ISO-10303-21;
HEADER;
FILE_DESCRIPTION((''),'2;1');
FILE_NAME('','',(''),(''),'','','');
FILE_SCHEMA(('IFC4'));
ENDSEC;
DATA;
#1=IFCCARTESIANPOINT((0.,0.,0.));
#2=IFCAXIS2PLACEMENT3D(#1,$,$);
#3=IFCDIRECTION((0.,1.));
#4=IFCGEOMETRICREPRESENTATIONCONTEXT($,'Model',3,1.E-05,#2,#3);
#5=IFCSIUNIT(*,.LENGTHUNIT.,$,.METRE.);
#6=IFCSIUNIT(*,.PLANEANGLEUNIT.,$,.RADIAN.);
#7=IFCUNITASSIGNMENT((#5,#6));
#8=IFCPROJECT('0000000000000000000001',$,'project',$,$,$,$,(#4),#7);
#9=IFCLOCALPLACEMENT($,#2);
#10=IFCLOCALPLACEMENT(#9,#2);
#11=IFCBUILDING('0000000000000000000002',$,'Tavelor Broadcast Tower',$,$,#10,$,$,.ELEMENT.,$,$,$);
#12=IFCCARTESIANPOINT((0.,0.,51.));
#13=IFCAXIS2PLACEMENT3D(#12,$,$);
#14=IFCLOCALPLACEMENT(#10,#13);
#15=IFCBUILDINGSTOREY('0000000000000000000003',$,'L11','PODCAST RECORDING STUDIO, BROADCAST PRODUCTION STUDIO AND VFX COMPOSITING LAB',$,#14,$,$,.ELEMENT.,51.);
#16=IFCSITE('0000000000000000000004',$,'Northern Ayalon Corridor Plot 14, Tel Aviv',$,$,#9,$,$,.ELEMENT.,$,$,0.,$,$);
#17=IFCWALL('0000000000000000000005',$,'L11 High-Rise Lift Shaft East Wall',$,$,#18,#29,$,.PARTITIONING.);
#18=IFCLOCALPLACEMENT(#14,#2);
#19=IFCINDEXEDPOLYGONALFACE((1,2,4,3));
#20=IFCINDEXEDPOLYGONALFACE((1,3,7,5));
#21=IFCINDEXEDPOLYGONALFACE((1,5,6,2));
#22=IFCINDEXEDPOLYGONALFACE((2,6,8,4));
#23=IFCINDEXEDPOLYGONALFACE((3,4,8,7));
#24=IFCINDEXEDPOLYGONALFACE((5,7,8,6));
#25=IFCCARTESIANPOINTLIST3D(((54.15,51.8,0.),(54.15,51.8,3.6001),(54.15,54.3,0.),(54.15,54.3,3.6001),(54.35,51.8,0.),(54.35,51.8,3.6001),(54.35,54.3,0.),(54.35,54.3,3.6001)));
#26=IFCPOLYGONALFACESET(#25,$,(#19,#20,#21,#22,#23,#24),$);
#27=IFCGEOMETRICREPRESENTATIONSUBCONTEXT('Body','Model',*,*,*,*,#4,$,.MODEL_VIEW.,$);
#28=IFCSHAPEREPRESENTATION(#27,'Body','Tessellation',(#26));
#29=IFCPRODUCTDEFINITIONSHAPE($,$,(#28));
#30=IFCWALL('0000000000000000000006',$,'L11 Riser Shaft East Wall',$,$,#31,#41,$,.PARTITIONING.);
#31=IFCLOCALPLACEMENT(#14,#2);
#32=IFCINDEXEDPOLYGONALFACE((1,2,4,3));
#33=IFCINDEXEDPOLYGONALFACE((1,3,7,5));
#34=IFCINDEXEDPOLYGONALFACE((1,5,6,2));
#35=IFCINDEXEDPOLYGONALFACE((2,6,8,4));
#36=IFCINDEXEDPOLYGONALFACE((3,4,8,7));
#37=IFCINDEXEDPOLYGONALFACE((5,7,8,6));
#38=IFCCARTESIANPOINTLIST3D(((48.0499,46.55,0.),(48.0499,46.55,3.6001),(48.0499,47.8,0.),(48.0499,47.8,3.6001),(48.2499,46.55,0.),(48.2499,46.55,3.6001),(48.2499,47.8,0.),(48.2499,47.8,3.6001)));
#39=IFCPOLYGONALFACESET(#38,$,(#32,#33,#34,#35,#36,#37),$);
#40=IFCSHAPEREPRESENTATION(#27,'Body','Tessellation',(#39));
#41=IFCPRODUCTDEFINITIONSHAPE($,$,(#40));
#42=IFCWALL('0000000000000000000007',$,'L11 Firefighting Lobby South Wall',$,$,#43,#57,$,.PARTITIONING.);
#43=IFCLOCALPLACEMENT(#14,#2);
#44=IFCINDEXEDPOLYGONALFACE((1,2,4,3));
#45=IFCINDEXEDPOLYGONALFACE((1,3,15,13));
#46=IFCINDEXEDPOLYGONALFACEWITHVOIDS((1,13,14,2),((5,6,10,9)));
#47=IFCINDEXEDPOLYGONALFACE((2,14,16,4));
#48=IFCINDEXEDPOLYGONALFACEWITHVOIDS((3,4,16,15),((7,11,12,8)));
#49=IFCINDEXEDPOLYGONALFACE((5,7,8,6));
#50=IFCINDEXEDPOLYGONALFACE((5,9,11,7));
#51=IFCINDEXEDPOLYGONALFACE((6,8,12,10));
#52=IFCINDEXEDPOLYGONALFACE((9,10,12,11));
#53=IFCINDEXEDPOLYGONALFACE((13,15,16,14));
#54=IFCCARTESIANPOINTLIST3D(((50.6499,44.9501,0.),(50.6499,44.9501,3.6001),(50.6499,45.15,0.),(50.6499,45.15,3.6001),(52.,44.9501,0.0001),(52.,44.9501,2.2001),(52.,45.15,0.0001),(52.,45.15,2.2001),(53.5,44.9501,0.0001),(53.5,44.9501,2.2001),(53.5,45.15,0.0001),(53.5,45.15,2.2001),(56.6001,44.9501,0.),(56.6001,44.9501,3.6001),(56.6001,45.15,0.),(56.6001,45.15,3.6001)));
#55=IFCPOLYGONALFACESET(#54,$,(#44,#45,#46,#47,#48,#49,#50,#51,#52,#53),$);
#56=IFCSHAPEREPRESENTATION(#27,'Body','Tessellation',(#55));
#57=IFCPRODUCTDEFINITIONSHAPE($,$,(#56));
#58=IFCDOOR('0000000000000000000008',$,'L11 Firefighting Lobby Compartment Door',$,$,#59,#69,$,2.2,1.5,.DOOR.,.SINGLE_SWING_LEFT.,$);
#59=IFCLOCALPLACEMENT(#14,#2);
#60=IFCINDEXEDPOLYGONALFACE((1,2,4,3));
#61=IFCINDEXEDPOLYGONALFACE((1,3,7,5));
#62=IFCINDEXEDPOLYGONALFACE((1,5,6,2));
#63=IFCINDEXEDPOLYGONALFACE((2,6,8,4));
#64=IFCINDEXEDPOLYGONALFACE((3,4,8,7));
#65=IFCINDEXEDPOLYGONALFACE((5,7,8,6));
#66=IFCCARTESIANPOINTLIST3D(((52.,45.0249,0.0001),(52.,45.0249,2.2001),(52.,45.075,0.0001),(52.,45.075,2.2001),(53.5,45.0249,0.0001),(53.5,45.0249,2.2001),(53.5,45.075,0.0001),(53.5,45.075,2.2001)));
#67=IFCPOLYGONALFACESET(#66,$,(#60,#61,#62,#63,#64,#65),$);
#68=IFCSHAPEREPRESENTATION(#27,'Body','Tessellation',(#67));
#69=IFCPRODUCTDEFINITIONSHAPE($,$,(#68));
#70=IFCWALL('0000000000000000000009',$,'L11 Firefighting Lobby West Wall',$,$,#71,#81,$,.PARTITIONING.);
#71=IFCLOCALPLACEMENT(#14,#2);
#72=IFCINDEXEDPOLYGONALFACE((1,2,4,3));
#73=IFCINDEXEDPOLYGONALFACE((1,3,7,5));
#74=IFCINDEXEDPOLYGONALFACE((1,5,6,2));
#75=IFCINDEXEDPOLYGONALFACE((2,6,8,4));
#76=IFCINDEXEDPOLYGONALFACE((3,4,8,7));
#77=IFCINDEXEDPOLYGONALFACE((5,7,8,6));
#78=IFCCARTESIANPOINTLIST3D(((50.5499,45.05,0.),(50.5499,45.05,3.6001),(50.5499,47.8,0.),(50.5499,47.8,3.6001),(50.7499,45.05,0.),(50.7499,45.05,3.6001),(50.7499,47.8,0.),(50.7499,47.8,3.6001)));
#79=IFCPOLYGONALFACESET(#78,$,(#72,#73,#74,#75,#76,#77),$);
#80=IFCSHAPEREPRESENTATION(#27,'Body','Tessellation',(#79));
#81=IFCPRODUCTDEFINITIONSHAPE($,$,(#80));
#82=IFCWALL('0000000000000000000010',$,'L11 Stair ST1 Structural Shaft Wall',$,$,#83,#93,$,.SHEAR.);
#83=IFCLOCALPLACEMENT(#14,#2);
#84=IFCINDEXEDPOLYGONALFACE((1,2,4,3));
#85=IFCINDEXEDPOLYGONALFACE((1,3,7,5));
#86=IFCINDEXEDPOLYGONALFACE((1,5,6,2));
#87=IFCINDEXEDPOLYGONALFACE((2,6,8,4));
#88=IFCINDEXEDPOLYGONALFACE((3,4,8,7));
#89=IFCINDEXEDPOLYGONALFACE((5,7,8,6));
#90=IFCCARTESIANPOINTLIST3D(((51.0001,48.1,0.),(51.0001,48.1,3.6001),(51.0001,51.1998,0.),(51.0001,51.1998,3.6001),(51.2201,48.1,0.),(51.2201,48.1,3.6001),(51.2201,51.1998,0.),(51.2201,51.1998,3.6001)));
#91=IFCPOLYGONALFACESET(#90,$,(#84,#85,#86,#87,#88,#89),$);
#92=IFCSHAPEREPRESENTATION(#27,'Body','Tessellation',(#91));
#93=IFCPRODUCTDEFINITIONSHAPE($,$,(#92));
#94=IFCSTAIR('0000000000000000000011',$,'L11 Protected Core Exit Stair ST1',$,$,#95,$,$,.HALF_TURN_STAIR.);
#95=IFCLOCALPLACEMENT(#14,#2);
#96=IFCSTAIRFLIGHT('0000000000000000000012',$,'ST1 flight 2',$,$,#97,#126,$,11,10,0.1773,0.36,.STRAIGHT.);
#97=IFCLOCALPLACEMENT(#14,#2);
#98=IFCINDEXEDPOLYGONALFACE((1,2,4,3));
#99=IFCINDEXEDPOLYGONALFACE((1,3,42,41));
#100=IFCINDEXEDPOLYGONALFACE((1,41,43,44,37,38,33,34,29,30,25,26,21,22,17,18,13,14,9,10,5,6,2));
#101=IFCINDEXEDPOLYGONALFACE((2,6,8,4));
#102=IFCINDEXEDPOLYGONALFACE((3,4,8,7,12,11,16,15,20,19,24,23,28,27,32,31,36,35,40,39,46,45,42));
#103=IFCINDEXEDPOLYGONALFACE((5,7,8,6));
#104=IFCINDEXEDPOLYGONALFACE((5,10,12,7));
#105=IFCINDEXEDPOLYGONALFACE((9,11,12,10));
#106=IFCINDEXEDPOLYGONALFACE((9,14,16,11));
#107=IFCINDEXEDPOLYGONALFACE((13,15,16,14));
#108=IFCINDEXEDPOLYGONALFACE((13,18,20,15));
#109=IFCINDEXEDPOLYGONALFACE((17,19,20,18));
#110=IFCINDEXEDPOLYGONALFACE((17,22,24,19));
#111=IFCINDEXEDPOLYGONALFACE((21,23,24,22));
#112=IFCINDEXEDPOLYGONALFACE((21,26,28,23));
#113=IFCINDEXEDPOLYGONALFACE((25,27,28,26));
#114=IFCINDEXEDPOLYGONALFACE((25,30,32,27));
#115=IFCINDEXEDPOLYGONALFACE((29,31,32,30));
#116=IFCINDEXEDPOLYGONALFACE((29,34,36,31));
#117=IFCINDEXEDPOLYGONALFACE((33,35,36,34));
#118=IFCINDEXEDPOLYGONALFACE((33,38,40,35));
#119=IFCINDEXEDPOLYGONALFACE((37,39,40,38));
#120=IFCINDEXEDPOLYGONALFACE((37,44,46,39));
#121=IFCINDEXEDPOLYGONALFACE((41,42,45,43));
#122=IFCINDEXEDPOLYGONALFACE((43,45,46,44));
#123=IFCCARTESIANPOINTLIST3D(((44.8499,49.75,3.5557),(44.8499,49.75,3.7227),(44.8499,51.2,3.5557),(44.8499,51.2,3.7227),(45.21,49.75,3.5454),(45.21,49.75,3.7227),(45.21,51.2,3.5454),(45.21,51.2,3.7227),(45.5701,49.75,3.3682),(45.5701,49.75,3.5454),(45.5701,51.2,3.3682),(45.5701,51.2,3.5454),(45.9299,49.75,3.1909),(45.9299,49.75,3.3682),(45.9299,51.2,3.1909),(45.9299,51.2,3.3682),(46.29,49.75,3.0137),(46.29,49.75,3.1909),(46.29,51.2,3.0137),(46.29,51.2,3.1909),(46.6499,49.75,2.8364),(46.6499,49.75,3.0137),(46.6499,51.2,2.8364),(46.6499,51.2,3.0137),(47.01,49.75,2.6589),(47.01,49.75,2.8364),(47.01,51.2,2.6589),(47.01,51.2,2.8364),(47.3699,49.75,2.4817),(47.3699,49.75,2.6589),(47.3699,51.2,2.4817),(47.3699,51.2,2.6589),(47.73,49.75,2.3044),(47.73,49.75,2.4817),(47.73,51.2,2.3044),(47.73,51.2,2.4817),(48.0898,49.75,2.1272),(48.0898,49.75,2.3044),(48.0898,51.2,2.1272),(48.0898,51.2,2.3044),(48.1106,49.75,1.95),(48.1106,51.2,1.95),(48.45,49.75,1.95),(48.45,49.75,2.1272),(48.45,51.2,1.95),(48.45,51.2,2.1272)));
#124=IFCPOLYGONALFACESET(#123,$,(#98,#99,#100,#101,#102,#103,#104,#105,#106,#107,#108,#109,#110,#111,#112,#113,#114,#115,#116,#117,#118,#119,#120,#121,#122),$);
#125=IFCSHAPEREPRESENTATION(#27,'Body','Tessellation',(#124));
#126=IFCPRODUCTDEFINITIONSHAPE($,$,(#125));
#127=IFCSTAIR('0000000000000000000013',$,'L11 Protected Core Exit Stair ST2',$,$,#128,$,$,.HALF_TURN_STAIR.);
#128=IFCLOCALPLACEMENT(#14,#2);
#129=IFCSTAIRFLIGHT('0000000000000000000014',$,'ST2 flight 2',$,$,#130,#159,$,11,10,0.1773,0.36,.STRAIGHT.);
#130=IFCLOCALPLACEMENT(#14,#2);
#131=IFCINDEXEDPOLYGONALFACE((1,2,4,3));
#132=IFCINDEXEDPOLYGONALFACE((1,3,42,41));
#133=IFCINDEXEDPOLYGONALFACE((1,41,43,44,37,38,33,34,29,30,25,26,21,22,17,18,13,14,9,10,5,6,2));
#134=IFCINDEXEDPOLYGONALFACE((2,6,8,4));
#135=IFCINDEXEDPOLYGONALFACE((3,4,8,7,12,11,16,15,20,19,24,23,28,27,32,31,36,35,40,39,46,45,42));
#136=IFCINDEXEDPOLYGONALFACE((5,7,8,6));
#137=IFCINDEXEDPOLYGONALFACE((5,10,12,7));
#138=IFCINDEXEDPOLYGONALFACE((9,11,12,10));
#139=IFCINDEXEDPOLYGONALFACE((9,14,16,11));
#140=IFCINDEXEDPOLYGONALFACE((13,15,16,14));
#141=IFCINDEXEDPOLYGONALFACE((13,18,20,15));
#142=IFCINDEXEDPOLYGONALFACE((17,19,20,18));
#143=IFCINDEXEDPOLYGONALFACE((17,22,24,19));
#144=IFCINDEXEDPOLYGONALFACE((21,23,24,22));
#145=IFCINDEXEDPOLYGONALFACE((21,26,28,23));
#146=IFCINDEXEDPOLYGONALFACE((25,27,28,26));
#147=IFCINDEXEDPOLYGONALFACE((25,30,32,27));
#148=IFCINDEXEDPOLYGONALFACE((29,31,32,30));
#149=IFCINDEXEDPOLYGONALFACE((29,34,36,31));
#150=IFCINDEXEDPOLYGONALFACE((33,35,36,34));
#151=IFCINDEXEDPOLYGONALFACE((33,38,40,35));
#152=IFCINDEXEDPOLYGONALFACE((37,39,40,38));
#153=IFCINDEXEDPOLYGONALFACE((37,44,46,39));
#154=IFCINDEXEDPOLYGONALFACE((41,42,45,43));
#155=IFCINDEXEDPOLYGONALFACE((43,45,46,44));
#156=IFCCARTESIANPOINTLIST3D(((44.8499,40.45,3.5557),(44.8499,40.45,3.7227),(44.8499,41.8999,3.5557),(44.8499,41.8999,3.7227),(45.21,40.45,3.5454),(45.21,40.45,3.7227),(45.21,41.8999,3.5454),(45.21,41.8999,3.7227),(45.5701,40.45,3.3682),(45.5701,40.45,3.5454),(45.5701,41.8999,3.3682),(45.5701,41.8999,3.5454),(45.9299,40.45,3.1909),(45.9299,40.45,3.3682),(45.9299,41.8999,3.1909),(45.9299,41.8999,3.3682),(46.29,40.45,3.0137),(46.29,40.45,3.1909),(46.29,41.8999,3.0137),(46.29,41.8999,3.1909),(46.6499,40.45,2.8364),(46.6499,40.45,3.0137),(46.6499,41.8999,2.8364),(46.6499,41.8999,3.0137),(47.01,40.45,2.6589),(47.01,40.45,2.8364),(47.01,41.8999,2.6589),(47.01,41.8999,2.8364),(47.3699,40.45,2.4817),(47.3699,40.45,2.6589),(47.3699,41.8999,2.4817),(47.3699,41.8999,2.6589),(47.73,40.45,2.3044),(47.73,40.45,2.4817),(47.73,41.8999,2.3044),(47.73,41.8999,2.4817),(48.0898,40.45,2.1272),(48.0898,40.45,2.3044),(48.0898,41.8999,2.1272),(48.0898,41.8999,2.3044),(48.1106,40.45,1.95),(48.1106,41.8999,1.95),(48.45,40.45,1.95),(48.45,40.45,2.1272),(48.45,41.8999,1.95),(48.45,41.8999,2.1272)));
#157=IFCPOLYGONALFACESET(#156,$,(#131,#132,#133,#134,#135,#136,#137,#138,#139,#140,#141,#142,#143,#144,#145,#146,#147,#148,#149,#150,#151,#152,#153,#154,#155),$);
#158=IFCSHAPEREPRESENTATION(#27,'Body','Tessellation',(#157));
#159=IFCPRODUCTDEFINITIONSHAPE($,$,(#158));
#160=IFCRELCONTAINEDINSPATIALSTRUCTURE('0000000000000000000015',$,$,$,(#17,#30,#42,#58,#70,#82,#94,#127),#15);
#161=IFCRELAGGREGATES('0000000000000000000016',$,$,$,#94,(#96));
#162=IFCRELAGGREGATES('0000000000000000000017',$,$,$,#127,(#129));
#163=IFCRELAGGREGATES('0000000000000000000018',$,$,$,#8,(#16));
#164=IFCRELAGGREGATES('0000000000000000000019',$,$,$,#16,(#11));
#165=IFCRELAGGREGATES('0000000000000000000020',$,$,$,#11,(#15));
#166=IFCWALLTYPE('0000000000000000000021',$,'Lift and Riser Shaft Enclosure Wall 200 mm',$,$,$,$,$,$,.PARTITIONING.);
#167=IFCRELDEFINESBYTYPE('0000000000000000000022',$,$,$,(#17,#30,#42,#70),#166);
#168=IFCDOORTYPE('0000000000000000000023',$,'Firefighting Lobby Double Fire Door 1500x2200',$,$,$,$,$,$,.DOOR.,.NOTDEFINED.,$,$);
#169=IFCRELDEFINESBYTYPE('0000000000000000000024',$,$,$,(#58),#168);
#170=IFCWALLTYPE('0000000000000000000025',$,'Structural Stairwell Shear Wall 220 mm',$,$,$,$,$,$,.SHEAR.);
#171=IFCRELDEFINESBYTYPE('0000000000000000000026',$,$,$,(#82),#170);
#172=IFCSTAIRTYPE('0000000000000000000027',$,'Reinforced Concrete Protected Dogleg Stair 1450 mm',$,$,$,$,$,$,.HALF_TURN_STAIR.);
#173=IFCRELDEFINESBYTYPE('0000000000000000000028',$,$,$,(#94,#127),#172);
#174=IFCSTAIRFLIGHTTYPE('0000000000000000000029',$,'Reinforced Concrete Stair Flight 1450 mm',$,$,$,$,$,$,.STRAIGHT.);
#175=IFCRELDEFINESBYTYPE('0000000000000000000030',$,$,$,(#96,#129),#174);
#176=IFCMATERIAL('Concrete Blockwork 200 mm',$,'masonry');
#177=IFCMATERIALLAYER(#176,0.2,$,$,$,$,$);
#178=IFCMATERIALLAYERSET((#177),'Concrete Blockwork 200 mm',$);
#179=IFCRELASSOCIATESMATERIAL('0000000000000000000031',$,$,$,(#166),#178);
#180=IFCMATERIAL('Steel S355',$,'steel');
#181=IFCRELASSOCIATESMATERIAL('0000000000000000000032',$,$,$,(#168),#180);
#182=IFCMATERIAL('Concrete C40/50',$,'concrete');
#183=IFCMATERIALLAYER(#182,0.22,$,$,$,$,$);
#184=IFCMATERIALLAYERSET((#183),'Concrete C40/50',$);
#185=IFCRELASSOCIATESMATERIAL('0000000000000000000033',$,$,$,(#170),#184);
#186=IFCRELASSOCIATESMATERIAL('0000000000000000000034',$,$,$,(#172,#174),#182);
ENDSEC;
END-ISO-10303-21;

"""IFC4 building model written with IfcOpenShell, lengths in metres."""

from ifc_helpers import new_model, si_unit, direction, frame, frame_2d, origin, place, context, subcontext, project, spatial, polyline, rectangle, outline, extrude, material, layer, layer_set, type_object, element, fill, aggregate, save


model = new_model("IFC4")

# Units and contexts
model_context = context("Model", 3, precision=1e-05, world=origin(), true_north=direction((0.0, 1.0)))
body_context = subcontext(model_context, "Body", "Model", "MODEL_VIEW")
ifc_project = project(units=[si_unit("LENGTHUNIT", "METRE"), si_unit("PLANEANGLEUNIT", "RADIAN")], contexts=[model_context])

# Site, building, storey
site_placement = place(None, origin())
site = spatial("IfcSite", under=ifc_project, at=site_placement, Name="Northern Ayalon Corridor Plot 14, Tel Aviv", CompositionType="ELEMENT", RefElevation=0.0)
building_placement = place(site_placement, origin())
building = spatial("IfcBuilding", under=site, at=building_placement, Name="Tavelor Broadcast Tower", CompositionType="ELEMENT")
storey_placement = place(building_placement, frame((0.0, 0.0, 51.0)))
storey = spatial("IfcBuildingStorey", under=building, at=storey_placement, Name="L11", Description="PODCAST RECORDING STUDIO, BROADCAST PRODUCTION STUDIO AND VFX COMPOSITING LAB", CompositionType="ELEMENT", Elevation=51.0)

# Shared definitions
ifc_material_1 = material(Name="Concrete C40/50", Category="concrete")
ifc_material_2 = material(Name="Steel S355", Category="steel")

# Walls
ifc_material_3 = material(Name="Concrete Blockwork 200 mm", Category="masonry")
ifc_layer_1 = layer(ifc_material_3, 0.2)
ifc_layer_set_1 = layer_set([ifc_layer_1], Name="Concrete Blockwork 200 mm")
wall_type_1 = type_object("IfcWallType", Name="Lift and Riser Shaft Enclosure Wall 200 mm", PredefinedType="PARTITIONING", material=ifc_layer_set_1)
wall_1_placement = place(storey_placement, frame((54.25, 51.8, 0.0), z_axis=(0.0, 0.0, 1.0), x_axis=(0.0, 1.0, 0.0)))
element("IfcWall", 1, at=wall_1_placement, inside=storey, type_object=wall_type_1, Name="L11 High-Rise Lift Shaft East Wall", PredefinedType="PARTITIONING", context=body_context, shape_type="SweptSolid", body=[
    extrude(rectangle(XDim=2.5, YDim=0.2, at=frame_2d((1.25, 0.0))), origin(), (0.0, 0.0, 1.0), 3.6001),
])
wall_2_placement = place(storey_placement, frame((48.1499, 46.55, 0.0), z_axis=(0.0, 0.0, 1.0), x_axis=(0.0, 1.0, 0.0)))
element("IfcWall", 2, at=wall_2_placement, inside=storey, type_object=wall_type_1, Name="L11 Riser Shaft East Wall", PredefinedType="PARTITIONING", context=body_context, shape_type="SweptSolid", body=[
    extrude(rectangle(XDim=1.25, YDim=0.2, at=frame_2d((0.625, 0.0))), origin(), (0.0, 0.0, 1.0), 3.6001),
])

# Wall, opening, door
wall_3_placement = place(storey_placement, frame((50.6499, 45.05, 0.0), z_axis=(0.0, 0.0, 1.0), x_axis=(1.0, 0.0, 0.0)))
wall_3 = element("IfcWall", 3, at=wall_3_placement, inside=storey, type_object=wall_type_1, Name="L11 Firefighting Lobby South Wall", PredefinedType="PARTITIONING", context=body_context, shape_type="SweptSolid", body=[
    extrude(rectangle(XDim=5.9502, YDim=0.2, at=frame_2d((2.9751, 0.0))), origin(), (0.0, 0.0, 1.0), 3.6001),
])
opening_placement = place(wall_3_placement, frame((1.3501, 0.0, 0.0)))
opening = element("IfcOpeningElement", 4, at=opening_placement, cuts=wall_3, PredefinedType="OPENING", context=body_context, shape_type="SweptSolid", body=[
    extrude(rectangle(XDim=1.5, YDim=2.2, at=frame_2d((0.75, 1.1001))), frame((0.0, 0.1099, 0.0), z_axis=(0.0, -1.0, 0.0), x_axis=(1.0, 0.0, 0.0)), (0.0, 0.0, 1.0), 0.22),
])
door_type = type_object("IfcDoorType", Name="Firefighting Lobby Double Fire Door 1500x2200", OperationType="NOTDEFINED", PredefinedType="DOOR", material=ifc_material_2)
door_placement = place(opening_placement, origin())
door = element("IfcDoor", 5, at=door_placement, inside=storey, type_object=door_type, Name="L11 Firefighting Lobby Compartment Door", OperationType="SINGLE_SWING_LEFT", OverallHeight=2.2, OverallWidth=1.5, PredefinedType="DOOR", context=body_context, shape_type="SweptSolid", body=[
    extrude(rectangle(XDim=1.5, YDim=2.2, at=frame_2d((0.75, 1.1001))), frame((0.0, 0.0249, 0.0), z_axis=(0.0, -1.0, 0.0), x_axis=(1.0, 0.0, 0.0)), (0.0, 0.0, 1.0), 0.05),
])
fill(opening, door)

# Walls
wall_4_placement = place(storey_placement, frame((50.6499, 45.05, 0.0), z_axis=(0.0, 0.0, 1.0), x_axis=(0.0, 1.0, 0.0)))
element("IfcWall", 6, at=wall_4_placement, inside=storey, type_object=wall_type_1, Name="L11 Firefighting Lobby West Wall", PredefinedType="PARTITIONING", context=body_context, shape_type="SweptSolid", body=[
    extrude(rectangle(XDim=2.75, YDim=0.2, at=frame_2d((1.375, 0.0))), origin(), (0.0, 0.0, 1.0), 3.6001),
])
ifc_layer_2 = layer(ifc_material_1, 0.22)
ifc_layer_set_2 = layer_set([ifc_layer_2], Name="Concrete C40/50")
wall_type_2 = type_object("IfcWallType", Name="Structural Stairwell Shear Wall 220 mm", PredefinedType="SHEAR", material=ifc_layer_set_2)
wall_5_placement = place(storey_placement, frame((51.1101, 48.1001, 0.0), z_axis=(0.0, 0.0, 1.0), x_axis=(0.0, 1.0, 0.0)))
element("IfcWall", 7, at=wall_5_placement, inside=storey, type_object=wall_type_2, Name="L11 Stair ST1 Structural Shaft Wall", PredefinedType="SHEAR", context=body_context, shape_type="SweptSolid", body=[
    extrude(rectangle(XDim=3.0999, YDim=0.22, at=frame_2d((1.5498, 0.0))), origin(), (0.0, 0.0, 1.0), 3.6001),
])

# Stairs, stair flights
stair_type = type_object("IfcStairType", Name="Reinforced Concrete Protected Dogleg Stair 1450 mm", PredefinedType="HALF_TURN_STAIR", material=ifc_material_1)
stair_1_placement = place(storey_placement, origin())
stair_1 = element("IfcStair", 8, at=stair_1_placement, inside=storey, type_object=stair_type, Name="L11 Protected Core Exit Stair ST1", PredefinedType="HALF_TURN_STAIR")
stair_flight_type = type_object("IfcStairFlightType", Name="Reinforced Concrete Stair Flight 1450 mm", PredefinedType="STRAIGHT", material=ifc_material_1)
stair_flight_1_placement = place(storey_placement, frame((48.45, 50.4751, 1.95), z_axis=(0.0, 0.0, 1.0), x_axis=(-1.0, 0.0, 0.0)))
stair_flight_1 = element("IfcStairFlight", 9, at=stair_flight_1_placement, type_object=stair_flight_type, Name="ST1 flight 2", NumberOfRisers=11, NumberOfTreads=10, PredefinedType="STRAIGHT", RiserHeight=0.1773, TreadLength=0.36, context=body_context, shape_type="SweptSolid", body=[
    extrude(outline(polyline([(0.0, 0.0), (0.0, 0.1772), (0.3601, 0.1772), (0.3601, 0.3545), (0.72, 0.3545), (0.72, 0.5317), (1.0801, 0.5317), (1.0801, 0.709), (1.4399, 0.709), (1.4399, 0.8865), (1.8, 0.8865), (1.8, 1.0637), (2.1599, 1.0637), (2.1599, 1.241), (2.52, 1.241), (2.52, 1.4182), (2.8799, 1.4182), (2.8799, 1.5955), (3.24, 1.5955), (3.24, 1.7727), (3.6001, 1.7727), (3.6001, 1.95), (3.6001, 1.6057), (0.3394, 0.0), (0.0, 0.0)])), frame((0.0, 0.7251, 0.0), z_axis=(0.0, -1.0, 0.0), x_axis=(1.0, 0.0, 0.0)), (0.0, 0.0, 1.0), 1.45),
])
aggregate(stair_1, [stair_flight_1])
stair_2_placement = place(storey_placement, origin())
stair_2 = element("IfcStair", 10, at=stair_2_placement, inside=storey, type_object=stair_type, Name="L11 Protected Core Exit Stair ST2", PredefinedType="HALF_TURN_STAIR")
stair_flight_2_placement = place(storey_placement, frame((48.45, 41.175, 1.95), z_axis=(0.0, 0.0, 1.0), x_axis=(-1.0, 0.0, 0.0)))
stair_flight_2 = element("IfcStairFlight", 11, at=stair_flight_2_placement, type_object=stair_flight_type, Name="ST2 flight 2", NumberOfRisers=11, NumberOfTreads=10, PredefinedType="STRAIGHT", RiserHeight=0.1773, TreadLength=0.36, context=body_context, shape_type="SweptSolid", body=[
    extrude(outline(polyline([(0.0, 0.0), (0.0, 0.1772), (0.3601, 0.1772), (0.3601, 0.3545), (0.72, 0.3545), (0.72, 0.5317), (1.0801, 0.5317), (1.0801, 0.709), (1.4399, 0.709), (1.4399, 0.8865), (1.8, 0.8865), (1.8, 1.0637), (2.1599, 1.0637), (2.1599, 1.241), (2.52, 1.241), (2.52, 1.4182), (2.8799, 1.4182), (2.8799, 1.5955), (3.24, 1.5955), (3.24, 1.7727), (3.6001, 1.7727), (3.6001, 1.95), (3.6001, 1.6057), (0.3394, 0.0), (0.0, 0.0)])), frame((0.0, 0.7251, 0.0), z_axis=(0.0, -1.0, 0.0), x_axis=(1.0, 0.0, 0.0)), (0.0, 0.0, 1.0), 1.45),
])
aggregate(stair_2, [stair_flight_2])

save(model, "model.ifc")
